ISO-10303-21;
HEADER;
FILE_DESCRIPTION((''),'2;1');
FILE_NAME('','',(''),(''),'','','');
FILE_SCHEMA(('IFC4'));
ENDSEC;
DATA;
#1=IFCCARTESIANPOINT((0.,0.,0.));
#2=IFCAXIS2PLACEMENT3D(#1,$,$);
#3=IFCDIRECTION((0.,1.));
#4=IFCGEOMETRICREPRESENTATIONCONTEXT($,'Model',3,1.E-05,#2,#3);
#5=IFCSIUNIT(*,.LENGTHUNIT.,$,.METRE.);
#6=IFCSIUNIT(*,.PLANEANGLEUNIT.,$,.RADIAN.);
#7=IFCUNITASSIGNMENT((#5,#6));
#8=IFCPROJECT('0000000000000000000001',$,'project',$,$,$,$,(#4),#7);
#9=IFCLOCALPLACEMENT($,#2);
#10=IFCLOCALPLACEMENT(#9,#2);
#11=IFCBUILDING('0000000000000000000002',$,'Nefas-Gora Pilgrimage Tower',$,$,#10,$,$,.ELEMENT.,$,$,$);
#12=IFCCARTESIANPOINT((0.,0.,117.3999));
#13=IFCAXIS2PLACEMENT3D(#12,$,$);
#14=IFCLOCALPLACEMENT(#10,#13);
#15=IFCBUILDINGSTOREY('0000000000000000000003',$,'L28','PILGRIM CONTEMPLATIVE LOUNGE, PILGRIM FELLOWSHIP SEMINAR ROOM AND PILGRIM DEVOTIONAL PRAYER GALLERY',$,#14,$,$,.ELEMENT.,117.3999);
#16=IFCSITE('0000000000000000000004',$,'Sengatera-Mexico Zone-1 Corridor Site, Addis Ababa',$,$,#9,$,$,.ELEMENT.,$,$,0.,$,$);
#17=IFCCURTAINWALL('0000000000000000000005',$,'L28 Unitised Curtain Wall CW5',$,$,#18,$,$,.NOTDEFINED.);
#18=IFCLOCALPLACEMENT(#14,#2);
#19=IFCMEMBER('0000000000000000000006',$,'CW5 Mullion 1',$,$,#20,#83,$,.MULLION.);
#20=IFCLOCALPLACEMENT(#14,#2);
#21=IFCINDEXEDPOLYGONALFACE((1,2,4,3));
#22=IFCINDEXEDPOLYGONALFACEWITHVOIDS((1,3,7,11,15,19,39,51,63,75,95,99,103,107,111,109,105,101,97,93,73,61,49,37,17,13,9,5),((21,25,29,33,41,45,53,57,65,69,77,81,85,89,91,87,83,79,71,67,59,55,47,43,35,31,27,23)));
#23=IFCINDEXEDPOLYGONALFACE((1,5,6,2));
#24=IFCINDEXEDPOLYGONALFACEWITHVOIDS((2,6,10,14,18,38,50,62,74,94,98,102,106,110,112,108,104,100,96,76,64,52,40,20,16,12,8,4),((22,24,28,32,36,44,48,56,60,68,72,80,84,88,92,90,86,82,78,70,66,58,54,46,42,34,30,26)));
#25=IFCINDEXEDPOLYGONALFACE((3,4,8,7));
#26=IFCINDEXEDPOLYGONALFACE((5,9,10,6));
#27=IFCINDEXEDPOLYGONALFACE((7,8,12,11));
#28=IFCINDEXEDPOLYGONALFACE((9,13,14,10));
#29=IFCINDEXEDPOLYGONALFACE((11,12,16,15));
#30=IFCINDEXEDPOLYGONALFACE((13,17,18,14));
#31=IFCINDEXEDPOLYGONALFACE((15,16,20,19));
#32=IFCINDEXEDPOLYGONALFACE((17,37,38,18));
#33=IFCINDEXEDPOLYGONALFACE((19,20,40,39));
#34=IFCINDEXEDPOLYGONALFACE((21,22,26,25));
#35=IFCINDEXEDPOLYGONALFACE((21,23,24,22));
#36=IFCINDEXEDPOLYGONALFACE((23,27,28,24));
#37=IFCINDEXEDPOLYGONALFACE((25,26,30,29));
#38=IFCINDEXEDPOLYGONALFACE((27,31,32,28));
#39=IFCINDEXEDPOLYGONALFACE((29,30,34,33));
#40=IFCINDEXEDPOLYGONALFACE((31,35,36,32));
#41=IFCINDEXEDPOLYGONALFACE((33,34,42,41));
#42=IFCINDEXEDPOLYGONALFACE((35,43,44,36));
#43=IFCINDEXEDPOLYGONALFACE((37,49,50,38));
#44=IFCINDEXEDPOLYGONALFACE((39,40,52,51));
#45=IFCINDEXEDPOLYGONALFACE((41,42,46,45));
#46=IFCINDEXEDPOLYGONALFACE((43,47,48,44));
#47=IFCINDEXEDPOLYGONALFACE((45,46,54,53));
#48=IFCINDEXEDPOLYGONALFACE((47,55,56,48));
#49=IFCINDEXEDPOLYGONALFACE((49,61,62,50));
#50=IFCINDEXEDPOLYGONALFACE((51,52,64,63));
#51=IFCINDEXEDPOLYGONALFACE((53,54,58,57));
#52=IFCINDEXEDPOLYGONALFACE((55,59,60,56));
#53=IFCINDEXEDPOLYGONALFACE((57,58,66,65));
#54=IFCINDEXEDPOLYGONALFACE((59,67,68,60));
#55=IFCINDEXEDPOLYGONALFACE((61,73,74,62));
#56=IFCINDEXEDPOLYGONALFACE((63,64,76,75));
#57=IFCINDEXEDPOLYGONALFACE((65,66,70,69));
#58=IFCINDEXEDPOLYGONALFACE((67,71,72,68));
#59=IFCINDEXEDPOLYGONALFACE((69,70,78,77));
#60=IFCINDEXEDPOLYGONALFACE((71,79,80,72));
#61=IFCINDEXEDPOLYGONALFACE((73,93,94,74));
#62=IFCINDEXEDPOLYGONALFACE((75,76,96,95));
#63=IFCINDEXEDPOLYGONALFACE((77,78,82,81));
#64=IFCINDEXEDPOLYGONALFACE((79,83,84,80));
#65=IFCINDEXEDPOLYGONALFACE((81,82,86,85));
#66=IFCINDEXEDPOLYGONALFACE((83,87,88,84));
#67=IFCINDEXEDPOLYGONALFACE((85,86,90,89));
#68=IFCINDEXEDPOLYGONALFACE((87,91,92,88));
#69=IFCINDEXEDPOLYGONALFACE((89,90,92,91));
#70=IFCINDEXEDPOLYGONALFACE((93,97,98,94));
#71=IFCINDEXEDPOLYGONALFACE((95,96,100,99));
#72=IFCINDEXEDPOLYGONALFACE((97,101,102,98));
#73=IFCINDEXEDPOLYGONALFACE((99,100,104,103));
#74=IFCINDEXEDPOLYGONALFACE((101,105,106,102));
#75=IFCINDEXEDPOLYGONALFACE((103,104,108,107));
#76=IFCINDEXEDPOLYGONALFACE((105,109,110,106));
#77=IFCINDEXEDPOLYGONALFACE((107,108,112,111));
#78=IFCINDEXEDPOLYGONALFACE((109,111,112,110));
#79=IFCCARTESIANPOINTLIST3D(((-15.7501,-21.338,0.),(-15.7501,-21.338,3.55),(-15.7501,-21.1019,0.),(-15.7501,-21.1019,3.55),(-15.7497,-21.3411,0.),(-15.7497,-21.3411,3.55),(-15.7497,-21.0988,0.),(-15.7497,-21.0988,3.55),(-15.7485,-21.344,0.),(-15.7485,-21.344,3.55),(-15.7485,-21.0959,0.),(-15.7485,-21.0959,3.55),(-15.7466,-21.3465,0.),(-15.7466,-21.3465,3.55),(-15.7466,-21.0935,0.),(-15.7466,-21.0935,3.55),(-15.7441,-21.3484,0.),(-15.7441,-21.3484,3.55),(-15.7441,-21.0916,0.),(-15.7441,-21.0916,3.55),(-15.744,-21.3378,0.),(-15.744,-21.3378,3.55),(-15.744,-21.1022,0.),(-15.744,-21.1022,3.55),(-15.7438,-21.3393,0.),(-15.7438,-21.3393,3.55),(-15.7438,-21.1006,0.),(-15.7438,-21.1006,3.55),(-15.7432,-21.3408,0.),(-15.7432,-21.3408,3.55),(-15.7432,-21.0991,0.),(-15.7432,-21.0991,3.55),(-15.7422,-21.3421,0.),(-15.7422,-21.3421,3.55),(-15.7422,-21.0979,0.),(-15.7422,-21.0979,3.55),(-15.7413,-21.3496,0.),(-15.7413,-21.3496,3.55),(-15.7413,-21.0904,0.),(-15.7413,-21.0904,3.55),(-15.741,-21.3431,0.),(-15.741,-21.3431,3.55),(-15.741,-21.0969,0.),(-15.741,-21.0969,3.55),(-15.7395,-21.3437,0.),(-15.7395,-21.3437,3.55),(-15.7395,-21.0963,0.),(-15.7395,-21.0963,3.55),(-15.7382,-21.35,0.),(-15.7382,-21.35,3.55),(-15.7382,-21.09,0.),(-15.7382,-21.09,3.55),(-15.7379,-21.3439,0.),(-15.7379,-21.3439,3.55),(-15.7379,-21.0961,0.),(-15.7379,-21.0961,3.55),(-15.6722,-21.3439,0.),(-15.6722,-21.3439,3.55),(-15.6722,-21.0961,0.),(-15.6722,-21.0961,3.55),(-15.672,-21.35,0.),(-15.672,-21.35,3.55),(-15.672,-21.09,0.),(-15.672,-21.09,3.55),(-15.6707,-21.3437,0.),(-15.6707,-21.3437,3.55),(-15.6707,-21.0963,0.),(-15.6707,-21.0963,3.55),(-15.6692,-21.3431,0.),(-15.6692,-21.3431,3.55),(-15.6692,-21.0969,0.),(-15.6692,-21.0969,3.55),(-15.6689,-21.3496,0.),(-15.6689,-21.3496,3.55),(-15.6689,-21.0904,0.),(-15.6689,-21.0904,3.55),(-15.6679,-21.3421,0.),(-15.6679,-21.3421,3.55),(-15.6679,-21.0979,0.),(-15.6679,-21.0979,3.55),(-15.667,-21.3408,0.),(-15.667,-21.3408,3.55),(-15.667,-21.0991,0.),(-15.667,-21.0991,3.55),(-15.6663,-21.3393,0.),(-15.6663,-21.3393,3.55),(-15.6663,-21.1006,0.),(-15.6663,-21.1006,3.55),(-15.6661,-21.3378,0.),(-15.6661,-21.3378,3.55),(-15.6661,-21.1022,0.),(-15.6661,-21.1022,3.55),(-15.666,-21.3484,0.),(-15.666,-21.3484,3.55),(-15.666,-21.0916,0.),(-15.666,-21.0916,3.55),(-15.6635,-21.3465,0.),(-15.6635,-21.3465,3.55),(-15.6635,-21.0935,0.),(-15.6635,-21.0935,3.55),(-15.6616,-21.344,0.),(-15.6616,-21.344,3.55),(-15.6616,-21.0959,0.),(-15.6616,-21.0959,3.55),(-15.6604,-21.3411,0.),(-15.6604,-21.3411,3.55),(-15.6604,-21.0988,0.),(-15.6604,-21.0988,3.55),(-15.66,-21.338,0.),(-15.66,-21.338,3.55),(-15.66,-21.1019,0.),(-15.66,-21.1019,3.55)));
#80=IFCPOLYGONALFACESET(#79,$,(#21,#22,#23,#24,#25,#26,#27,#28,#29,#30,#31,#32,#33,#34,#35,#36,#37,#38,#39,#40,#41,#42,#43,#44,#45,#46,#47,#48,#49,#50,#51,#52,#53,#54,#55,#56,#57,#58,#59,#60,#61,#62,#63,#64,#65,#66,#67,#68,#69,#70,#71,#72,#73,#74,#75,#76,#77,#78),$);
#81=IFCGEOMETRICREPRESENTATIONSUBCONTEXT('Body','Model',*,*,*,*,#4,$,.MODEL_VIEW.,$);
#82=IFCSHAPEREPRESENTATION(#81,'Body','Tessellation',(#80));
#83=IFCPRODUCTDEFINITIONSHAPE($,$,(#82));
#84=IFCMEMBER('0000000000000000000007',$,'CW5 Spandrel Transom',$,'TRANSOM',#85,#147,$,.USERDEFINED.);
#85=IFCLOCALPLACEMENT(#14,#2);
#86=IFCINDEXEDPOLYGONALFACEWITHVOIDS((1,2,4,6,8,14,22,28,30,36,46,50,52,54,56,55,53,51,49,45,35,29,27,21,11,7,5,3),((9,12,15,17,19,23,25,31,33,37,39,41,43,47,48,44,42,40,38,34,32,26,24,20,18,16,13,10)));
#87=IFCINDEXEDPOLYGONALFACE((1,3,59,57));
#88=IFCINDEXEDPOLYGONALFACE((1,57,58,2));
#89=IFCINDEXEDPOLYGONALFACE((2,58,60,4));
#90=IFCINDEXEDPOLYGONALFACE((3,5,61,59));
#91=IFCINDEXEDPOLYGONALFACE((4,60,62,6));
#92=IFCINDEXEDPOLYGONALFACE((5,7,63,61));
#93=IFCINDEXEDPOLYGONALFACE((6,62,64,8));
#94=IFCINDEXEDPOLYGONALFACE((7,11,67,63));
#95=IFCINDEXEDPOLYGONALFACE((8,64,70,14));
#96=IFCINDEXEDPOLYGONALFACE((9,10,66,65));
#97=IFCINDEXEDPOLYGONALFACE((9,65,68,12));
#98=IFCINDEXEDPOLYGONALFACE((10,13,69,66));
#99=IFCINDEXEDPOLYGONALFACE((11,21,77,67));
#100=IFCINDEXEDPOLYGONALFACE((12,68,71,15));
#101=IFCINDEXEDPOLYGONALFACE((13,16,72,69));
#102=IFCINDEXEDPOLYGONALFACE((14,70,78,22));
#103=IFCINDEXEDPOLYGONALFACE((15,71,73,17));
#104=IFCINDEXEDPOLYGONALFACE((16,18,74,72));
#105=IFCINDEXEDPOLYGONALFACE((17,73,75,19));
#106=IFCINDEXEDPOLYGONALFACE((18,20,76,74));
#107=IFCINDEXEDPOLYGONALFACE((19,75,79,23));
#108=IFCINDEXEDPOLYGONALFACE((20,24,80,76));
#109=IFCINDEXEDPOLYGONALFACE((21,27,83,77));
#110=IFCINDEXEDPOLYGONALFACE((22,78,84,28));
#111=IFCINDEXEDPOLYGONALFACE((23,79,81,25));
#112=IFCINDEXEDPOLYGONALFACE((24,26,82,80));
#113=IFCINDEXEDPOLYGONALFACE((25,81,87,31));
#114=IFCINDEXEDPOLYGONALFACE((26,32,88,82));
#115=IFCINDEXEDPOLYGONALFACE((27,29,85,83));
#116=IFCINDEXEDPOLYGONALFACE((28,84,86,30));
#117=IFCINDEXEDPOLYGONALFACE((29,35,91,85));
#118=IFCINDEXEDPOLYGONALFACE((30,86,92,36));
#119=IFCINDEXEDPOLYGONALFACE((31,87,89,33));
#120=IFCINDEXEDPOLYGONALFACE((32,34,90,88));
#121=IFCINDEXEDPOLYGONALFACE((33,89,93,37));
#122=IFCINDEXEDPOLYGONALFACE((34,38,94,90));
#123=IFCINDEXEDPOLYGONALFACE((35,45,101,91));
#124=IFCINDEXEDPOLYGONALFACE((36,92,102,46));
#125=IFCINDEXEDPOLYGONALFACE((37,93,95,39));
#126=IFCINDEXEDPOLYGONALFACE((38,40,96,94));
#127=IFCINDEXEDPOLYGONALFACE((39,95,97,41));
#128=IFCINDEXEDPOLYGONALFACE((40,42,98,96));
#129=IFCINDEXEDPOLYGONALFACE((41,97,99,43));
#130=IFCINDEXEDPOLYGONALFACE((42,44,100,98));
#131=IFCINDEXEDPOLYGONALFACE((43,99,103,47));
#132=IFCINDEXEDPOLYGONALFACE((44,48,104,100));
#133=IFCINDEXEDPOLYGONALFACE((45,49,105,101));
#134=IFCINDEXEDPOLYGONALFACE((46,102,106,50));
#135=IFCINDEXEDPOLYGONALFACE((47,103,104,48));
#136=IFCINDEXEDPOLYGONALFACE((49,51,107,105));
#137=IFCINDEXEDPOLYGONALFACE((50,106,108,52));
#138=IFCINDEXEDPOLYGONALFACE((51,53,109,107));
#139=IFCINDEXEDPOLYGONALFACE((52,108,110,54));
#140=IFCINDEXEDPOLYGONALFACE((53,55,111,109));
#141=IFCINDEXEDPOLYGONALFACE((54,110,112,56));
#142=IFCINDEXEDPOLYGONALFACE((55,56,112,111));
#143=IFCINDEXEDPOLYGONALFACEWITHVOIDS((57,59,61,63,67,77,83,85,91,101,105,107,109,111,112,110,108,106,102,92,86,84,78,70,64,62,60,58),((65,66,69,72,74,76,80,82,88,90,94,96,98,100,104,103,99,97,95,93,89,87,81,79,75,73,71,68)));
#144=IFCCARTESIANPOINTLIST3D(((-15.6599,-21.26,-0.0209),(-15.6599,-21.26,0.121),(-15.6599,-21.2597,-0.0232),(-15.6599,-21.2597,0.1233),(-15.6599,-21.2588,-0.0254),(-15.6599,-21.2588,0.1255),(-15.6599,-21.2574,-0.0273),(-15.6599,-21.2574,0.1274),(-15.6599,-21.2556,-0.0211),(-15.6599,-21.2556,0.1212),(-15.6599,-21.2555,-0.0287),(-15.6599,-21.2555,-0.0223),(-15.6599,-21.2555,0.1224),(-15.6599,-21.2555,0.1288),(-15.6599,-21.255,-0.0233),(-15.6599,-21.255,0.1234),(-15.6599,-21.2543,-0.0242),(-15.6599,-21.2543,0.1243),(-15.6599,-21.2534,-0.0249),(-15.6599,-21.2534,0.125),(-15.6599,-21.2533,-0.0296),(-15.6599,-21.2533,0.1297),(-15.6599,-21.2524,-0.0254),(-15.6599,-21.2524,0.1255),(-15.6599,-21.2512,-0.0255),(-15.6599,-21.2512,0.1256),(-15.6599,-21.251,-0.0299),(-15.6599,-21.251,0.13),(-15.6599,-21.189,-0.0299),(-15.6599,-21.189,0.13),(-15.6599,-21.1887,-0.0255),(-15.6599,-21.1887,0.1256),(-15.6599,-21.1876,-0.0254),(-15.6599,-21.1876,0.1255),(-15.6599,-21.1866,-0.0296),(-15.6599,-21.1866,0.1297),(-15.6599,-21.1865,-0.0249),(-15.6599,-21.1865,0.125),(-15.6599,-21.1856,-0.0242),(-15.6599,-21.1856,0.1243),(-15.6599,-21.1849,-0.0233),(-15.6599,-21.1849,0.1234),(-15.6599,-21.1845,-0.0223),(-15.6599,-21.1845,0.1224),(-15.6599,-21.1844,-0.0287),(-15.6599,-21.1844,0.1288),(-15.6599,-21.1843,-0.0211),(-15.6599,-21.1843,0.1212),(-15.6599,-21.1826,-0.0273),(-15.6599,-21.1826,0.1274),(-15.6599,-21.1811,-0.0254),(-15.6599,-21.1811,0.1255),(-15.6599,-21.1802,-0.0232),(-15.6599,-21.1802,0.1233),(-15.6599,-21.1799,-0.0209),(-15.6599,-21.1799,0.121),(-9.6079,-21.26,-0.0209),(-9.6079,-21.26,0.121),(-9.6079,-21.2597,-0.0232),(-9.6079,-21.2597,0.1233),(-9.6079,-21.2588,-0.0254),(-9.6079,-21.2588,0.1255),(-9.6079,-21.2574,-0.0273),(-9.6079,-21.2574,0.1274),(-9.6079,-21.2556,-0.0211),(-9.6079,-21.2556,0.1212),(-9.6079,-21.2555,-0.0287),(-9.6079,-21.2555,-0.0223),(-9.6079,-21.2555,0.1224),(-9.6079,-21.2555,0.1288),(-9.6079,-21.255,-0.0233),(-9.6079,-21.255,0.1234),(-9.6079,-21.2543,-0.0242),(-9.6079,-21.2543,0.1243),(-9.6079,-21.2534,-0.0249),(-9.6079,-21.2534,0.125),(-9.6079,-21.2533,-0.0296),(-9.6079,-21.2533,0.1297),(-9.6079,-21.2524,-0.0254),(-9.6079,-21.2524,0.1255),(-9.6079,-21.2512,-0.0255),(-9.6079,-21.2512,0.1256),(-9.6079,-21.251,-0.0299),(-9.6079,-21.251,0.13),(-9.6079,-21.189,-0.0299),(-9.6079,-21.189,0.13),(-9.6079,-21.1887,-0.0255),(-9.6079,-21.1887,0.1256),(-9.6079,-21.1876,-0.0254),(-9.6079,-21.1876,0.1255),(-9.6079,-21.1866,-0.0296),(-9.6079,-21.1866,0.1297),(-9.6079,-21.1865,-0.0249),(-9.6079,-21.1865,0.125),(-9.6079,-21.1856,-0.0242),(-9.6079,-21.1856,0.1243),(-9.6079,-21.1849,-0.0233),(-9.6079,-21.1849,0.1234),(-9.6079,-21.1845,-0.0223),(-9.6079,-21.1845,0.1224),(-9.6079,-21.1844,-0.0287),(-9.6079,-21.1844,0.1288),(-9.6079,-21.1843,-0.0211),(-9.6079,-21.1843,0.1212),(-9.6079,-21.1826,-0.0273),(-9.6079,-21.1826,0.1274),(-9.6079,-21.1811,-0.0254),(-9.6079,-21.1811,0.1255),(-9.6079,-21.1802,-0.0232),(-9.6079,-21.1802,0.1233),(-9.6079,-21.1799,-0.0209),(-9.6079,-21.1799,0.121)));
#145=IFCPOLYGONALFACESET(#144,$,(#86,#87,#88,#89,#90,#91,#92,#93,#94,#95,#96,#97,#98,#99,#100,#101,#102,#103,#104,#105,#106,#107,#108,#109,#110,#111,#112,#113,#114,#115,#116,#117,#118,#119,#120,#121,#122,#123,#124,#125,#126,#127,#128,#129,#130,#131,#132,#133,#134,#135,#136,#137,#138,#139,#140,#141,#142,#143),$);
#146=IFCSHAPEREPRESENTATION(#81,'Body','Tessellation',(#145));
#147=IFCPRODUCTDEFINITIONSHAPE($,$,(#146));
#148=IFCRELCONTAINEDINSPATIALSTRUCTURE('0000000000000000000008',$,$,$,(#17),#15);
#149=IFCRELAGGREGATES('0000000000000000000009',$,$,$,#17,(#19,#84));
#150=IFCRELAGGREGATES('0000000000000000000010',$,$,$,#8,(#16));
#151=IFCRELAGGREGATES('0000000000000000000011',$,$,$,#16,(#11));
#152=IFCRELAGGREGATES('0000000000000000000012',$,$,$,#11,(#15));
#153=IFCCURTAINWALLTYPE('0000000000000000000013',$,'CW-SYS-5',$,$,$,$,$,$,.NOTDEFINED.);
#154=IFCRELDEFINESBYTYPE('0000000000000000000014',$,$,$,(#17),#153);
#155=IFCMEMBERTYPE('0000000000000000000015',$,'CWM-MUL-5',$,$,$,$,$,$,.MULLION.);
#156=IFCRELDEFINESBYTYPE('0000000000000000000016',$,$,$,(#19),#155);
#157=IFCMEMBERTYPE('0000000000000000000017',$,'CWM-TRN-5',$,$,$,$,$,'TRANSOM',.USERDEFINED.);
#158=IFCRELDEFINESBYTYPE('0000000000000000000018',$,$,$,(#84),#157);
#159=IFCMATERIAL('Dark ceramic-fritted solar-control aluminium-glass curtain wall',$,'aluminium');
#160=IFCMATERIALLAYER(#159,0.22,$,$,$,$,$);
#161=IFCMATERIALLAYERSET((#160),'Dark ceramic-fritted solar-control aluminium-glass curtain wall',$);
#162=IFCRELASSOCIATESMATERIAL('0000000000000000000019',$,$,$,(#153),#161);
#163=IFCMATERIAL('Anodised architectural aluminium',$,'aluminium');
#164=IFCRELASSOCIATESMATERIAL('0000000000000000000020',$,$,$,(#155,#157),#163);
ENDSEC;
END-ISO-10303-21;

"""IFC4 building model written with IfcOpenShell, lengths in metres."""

from ifc_helpers import new_model, si_unit, direction, frame, origin, origin_2d, place, context, subcontext, project, spatial, hollow_rectangle, extrude, source, transform, mapped, material, layer, layer_set, material_profile, profile_set, type_object, element, aggregate, save


model = new_model("IFC4")

# Units and contexts
model_context = context("Model", 3, precision=1e-05, world=origin(), true_north=direction((0.0, 1.0)))
body_context = subcontext(model_context, "Body", "Model", "MODEL_VIEW")
ifc_project = project(units=[si_unit("LENGTHUNIT", "METRE"), si_unit("PLANEANGLEUNIT", "RADIAN")], contexts=[model_context])

# Site, building, storey
site_placement = place(None, origin())
site = spatial("IfcSite", under=ifc_project, at=site_placement, Name="Sengatera-Mexico Zone-1 Corridor Site, Addis Ababa", CompositionType="ELEMENT", RefElevation=0.0)
building_placement = place(site_placement, origin())
building = spatial("IfcBuilding", under=site, at=building_placement, Name="Nefas-Gora Pilgrimage Tower", CompositionType="ELEMENT")
storey_placement = place(building_placement, frame((0.0, 0.0, 117.3999)))
storey = spatial("IfcBuildingStorey", under=building, at=storey_placement, Name="L28", Description="PILGRIM CONTEMPLATIVE LOUNGE, PILGRIM FELLOWSHIP SEMINAR ROOM AND PILGRIM DEVOTIONAL PRAYER GALLERY", CompositionType="ELEMENT", Elevation=117.3999)

# Curtain wall, members
ifc_material_1 = material(Name="Dark ceramic-fritted solar-control aluminium-glass curtain wall", Category="aluminium")
ifc_layer_1 = layer(ifc_material_1, 0.22)
ifc_layer_set_1 = layer_set([ifc_layer_1], Name="Dark ceramic-fritted solar-control aluminium-glass curtain wall")
curtain_wall_type_1 = type_object("IfcCurtainWallType", Name="CW-SYS-5", PredefinedType="NOTDEFINED", material=ifc_layer_set_1)
curtain_wall_1_placement = place(storey_placement, origin())
curtain_wall_1 = element("IfcCurtainWall", 1, at=curtain_wall_1_placement, inside=storey, type_object=curtain_wall_type_1, Name="L28 Unitised Curtain Wall CW5", PredefinedType="NOTDEFINED")
ifc_material_2 = material(Name="Anodised architectural aluminium", Category="aluminium")
ifc_material_profile_1 = material_profile(ifc_material_2, hollow_rectangle(XDim=0.0901, YDim=0.26, WallThickness=0.0061, InnerFilletRadius=0.0061, OuterFilletRadius=0.012, at=origin_2d()), Name="ALU MULLION 90x260")
ifc_profile_set_1 = profile_set([ifc_material_profile_1], Name="Anodised architectural aluminium")
member_type_1 = type_object("IfcMemberType", Name="CWM-MUL-5", PredefinedType="MULLION", material=ifc_profile_set_1)
shared_shape_1 = source(origin(), body_context, "Body", "SweptSolid", [
    extrude(hollow_rectangle(XDim=0.0901, YDim=0.26, WallThickness=0.0061, InnerFilletRadius=0.0061, OuterFilletRadius=0.012, at=origin_2d()), origin(), (0.0, 0.0, 1.0), 3.55),
])
member_1_placement = place(storey_placement, frame((-15.7051, -21.22, 0.0), z_axis=(0.0, 0.0, 1.0), x_axis=(1.0, 0.0, 0.0)))
member_1 = element("IfcMember", 2, at=member_1_placement, type_object=member_type_1, Name="CW5 Mullion 1", PredefinedType="MULLION", context=body_context, shape_type="MappedRepresentation", body=[
    mapped(shared_shape_1, transform((0.0, 0.0, 0.0), x_axis=(1.0, 0.0, 0.0), y_axis=(0.0, 1.0, 0.0), z_axis=(0.0, 0.0, 1.0), scale=1.0)),
])
ifc_material_profile_2 = material_profile(ifc_material_2, hollow_rectangle(XDim=0.0801, YDim=0.1599, WallThickness=0.0044, InnerFilletRadius=0.0044, OuterFilletRadius=0.009, at=origin_2d()), Name="ALU TRANSOM 80x160")
ifc_profile_set_2 = profile_set([ifc_material_profile_2], Name="Anodised architectural aluminium")
member_type_2 = type_object("IfcMemberType", Name="CWM-TRN-5", ElementType="TRANSOM", PredefinedType="USERDEFINED", material=ifc_profile_set_2)
shared_shape_2 = source(origin(), body_context, "Body", "SweptSolid", [
    extrude(hollow_rectangle(XDim=0.0801, YDim=0.1599, WallThickness=0.0044, InnerFilletRadius=0.0044, OuterFilletRadius=0.009, at=origin_2d()), origin(), (0.0, 0.0, 1.0), 6.052),
])
member_2_placement = place(storey_placement, frame((-15.6599, -21.22, 0.05), z_axis=(1.0, 0.0, 0.0), x_axis=(0.0, 1.0, 0.0)))
member_2 = element("IfcMember", 3, at=member_2_placement, type_object=member_type_2, Name="CW5 Spandrel Transom", ObjectType="TRANSOM", PredefinedType="USERDEFINED", context=body_context, shape_type="MappedRepresentation", body=[
    mapped(shared_shape_2, transform((0.0, 0.0, 0.0), x_axis=(1.0, 0.0, 0.0), y_axis=(0.0, 1.0, 0.0), z_axis=(0.0, 0.0, 1.0), scale=1.0)),
])

aggregate(curtain_wall_1, [member_1, member_2])

save(model, "model.ifc")
